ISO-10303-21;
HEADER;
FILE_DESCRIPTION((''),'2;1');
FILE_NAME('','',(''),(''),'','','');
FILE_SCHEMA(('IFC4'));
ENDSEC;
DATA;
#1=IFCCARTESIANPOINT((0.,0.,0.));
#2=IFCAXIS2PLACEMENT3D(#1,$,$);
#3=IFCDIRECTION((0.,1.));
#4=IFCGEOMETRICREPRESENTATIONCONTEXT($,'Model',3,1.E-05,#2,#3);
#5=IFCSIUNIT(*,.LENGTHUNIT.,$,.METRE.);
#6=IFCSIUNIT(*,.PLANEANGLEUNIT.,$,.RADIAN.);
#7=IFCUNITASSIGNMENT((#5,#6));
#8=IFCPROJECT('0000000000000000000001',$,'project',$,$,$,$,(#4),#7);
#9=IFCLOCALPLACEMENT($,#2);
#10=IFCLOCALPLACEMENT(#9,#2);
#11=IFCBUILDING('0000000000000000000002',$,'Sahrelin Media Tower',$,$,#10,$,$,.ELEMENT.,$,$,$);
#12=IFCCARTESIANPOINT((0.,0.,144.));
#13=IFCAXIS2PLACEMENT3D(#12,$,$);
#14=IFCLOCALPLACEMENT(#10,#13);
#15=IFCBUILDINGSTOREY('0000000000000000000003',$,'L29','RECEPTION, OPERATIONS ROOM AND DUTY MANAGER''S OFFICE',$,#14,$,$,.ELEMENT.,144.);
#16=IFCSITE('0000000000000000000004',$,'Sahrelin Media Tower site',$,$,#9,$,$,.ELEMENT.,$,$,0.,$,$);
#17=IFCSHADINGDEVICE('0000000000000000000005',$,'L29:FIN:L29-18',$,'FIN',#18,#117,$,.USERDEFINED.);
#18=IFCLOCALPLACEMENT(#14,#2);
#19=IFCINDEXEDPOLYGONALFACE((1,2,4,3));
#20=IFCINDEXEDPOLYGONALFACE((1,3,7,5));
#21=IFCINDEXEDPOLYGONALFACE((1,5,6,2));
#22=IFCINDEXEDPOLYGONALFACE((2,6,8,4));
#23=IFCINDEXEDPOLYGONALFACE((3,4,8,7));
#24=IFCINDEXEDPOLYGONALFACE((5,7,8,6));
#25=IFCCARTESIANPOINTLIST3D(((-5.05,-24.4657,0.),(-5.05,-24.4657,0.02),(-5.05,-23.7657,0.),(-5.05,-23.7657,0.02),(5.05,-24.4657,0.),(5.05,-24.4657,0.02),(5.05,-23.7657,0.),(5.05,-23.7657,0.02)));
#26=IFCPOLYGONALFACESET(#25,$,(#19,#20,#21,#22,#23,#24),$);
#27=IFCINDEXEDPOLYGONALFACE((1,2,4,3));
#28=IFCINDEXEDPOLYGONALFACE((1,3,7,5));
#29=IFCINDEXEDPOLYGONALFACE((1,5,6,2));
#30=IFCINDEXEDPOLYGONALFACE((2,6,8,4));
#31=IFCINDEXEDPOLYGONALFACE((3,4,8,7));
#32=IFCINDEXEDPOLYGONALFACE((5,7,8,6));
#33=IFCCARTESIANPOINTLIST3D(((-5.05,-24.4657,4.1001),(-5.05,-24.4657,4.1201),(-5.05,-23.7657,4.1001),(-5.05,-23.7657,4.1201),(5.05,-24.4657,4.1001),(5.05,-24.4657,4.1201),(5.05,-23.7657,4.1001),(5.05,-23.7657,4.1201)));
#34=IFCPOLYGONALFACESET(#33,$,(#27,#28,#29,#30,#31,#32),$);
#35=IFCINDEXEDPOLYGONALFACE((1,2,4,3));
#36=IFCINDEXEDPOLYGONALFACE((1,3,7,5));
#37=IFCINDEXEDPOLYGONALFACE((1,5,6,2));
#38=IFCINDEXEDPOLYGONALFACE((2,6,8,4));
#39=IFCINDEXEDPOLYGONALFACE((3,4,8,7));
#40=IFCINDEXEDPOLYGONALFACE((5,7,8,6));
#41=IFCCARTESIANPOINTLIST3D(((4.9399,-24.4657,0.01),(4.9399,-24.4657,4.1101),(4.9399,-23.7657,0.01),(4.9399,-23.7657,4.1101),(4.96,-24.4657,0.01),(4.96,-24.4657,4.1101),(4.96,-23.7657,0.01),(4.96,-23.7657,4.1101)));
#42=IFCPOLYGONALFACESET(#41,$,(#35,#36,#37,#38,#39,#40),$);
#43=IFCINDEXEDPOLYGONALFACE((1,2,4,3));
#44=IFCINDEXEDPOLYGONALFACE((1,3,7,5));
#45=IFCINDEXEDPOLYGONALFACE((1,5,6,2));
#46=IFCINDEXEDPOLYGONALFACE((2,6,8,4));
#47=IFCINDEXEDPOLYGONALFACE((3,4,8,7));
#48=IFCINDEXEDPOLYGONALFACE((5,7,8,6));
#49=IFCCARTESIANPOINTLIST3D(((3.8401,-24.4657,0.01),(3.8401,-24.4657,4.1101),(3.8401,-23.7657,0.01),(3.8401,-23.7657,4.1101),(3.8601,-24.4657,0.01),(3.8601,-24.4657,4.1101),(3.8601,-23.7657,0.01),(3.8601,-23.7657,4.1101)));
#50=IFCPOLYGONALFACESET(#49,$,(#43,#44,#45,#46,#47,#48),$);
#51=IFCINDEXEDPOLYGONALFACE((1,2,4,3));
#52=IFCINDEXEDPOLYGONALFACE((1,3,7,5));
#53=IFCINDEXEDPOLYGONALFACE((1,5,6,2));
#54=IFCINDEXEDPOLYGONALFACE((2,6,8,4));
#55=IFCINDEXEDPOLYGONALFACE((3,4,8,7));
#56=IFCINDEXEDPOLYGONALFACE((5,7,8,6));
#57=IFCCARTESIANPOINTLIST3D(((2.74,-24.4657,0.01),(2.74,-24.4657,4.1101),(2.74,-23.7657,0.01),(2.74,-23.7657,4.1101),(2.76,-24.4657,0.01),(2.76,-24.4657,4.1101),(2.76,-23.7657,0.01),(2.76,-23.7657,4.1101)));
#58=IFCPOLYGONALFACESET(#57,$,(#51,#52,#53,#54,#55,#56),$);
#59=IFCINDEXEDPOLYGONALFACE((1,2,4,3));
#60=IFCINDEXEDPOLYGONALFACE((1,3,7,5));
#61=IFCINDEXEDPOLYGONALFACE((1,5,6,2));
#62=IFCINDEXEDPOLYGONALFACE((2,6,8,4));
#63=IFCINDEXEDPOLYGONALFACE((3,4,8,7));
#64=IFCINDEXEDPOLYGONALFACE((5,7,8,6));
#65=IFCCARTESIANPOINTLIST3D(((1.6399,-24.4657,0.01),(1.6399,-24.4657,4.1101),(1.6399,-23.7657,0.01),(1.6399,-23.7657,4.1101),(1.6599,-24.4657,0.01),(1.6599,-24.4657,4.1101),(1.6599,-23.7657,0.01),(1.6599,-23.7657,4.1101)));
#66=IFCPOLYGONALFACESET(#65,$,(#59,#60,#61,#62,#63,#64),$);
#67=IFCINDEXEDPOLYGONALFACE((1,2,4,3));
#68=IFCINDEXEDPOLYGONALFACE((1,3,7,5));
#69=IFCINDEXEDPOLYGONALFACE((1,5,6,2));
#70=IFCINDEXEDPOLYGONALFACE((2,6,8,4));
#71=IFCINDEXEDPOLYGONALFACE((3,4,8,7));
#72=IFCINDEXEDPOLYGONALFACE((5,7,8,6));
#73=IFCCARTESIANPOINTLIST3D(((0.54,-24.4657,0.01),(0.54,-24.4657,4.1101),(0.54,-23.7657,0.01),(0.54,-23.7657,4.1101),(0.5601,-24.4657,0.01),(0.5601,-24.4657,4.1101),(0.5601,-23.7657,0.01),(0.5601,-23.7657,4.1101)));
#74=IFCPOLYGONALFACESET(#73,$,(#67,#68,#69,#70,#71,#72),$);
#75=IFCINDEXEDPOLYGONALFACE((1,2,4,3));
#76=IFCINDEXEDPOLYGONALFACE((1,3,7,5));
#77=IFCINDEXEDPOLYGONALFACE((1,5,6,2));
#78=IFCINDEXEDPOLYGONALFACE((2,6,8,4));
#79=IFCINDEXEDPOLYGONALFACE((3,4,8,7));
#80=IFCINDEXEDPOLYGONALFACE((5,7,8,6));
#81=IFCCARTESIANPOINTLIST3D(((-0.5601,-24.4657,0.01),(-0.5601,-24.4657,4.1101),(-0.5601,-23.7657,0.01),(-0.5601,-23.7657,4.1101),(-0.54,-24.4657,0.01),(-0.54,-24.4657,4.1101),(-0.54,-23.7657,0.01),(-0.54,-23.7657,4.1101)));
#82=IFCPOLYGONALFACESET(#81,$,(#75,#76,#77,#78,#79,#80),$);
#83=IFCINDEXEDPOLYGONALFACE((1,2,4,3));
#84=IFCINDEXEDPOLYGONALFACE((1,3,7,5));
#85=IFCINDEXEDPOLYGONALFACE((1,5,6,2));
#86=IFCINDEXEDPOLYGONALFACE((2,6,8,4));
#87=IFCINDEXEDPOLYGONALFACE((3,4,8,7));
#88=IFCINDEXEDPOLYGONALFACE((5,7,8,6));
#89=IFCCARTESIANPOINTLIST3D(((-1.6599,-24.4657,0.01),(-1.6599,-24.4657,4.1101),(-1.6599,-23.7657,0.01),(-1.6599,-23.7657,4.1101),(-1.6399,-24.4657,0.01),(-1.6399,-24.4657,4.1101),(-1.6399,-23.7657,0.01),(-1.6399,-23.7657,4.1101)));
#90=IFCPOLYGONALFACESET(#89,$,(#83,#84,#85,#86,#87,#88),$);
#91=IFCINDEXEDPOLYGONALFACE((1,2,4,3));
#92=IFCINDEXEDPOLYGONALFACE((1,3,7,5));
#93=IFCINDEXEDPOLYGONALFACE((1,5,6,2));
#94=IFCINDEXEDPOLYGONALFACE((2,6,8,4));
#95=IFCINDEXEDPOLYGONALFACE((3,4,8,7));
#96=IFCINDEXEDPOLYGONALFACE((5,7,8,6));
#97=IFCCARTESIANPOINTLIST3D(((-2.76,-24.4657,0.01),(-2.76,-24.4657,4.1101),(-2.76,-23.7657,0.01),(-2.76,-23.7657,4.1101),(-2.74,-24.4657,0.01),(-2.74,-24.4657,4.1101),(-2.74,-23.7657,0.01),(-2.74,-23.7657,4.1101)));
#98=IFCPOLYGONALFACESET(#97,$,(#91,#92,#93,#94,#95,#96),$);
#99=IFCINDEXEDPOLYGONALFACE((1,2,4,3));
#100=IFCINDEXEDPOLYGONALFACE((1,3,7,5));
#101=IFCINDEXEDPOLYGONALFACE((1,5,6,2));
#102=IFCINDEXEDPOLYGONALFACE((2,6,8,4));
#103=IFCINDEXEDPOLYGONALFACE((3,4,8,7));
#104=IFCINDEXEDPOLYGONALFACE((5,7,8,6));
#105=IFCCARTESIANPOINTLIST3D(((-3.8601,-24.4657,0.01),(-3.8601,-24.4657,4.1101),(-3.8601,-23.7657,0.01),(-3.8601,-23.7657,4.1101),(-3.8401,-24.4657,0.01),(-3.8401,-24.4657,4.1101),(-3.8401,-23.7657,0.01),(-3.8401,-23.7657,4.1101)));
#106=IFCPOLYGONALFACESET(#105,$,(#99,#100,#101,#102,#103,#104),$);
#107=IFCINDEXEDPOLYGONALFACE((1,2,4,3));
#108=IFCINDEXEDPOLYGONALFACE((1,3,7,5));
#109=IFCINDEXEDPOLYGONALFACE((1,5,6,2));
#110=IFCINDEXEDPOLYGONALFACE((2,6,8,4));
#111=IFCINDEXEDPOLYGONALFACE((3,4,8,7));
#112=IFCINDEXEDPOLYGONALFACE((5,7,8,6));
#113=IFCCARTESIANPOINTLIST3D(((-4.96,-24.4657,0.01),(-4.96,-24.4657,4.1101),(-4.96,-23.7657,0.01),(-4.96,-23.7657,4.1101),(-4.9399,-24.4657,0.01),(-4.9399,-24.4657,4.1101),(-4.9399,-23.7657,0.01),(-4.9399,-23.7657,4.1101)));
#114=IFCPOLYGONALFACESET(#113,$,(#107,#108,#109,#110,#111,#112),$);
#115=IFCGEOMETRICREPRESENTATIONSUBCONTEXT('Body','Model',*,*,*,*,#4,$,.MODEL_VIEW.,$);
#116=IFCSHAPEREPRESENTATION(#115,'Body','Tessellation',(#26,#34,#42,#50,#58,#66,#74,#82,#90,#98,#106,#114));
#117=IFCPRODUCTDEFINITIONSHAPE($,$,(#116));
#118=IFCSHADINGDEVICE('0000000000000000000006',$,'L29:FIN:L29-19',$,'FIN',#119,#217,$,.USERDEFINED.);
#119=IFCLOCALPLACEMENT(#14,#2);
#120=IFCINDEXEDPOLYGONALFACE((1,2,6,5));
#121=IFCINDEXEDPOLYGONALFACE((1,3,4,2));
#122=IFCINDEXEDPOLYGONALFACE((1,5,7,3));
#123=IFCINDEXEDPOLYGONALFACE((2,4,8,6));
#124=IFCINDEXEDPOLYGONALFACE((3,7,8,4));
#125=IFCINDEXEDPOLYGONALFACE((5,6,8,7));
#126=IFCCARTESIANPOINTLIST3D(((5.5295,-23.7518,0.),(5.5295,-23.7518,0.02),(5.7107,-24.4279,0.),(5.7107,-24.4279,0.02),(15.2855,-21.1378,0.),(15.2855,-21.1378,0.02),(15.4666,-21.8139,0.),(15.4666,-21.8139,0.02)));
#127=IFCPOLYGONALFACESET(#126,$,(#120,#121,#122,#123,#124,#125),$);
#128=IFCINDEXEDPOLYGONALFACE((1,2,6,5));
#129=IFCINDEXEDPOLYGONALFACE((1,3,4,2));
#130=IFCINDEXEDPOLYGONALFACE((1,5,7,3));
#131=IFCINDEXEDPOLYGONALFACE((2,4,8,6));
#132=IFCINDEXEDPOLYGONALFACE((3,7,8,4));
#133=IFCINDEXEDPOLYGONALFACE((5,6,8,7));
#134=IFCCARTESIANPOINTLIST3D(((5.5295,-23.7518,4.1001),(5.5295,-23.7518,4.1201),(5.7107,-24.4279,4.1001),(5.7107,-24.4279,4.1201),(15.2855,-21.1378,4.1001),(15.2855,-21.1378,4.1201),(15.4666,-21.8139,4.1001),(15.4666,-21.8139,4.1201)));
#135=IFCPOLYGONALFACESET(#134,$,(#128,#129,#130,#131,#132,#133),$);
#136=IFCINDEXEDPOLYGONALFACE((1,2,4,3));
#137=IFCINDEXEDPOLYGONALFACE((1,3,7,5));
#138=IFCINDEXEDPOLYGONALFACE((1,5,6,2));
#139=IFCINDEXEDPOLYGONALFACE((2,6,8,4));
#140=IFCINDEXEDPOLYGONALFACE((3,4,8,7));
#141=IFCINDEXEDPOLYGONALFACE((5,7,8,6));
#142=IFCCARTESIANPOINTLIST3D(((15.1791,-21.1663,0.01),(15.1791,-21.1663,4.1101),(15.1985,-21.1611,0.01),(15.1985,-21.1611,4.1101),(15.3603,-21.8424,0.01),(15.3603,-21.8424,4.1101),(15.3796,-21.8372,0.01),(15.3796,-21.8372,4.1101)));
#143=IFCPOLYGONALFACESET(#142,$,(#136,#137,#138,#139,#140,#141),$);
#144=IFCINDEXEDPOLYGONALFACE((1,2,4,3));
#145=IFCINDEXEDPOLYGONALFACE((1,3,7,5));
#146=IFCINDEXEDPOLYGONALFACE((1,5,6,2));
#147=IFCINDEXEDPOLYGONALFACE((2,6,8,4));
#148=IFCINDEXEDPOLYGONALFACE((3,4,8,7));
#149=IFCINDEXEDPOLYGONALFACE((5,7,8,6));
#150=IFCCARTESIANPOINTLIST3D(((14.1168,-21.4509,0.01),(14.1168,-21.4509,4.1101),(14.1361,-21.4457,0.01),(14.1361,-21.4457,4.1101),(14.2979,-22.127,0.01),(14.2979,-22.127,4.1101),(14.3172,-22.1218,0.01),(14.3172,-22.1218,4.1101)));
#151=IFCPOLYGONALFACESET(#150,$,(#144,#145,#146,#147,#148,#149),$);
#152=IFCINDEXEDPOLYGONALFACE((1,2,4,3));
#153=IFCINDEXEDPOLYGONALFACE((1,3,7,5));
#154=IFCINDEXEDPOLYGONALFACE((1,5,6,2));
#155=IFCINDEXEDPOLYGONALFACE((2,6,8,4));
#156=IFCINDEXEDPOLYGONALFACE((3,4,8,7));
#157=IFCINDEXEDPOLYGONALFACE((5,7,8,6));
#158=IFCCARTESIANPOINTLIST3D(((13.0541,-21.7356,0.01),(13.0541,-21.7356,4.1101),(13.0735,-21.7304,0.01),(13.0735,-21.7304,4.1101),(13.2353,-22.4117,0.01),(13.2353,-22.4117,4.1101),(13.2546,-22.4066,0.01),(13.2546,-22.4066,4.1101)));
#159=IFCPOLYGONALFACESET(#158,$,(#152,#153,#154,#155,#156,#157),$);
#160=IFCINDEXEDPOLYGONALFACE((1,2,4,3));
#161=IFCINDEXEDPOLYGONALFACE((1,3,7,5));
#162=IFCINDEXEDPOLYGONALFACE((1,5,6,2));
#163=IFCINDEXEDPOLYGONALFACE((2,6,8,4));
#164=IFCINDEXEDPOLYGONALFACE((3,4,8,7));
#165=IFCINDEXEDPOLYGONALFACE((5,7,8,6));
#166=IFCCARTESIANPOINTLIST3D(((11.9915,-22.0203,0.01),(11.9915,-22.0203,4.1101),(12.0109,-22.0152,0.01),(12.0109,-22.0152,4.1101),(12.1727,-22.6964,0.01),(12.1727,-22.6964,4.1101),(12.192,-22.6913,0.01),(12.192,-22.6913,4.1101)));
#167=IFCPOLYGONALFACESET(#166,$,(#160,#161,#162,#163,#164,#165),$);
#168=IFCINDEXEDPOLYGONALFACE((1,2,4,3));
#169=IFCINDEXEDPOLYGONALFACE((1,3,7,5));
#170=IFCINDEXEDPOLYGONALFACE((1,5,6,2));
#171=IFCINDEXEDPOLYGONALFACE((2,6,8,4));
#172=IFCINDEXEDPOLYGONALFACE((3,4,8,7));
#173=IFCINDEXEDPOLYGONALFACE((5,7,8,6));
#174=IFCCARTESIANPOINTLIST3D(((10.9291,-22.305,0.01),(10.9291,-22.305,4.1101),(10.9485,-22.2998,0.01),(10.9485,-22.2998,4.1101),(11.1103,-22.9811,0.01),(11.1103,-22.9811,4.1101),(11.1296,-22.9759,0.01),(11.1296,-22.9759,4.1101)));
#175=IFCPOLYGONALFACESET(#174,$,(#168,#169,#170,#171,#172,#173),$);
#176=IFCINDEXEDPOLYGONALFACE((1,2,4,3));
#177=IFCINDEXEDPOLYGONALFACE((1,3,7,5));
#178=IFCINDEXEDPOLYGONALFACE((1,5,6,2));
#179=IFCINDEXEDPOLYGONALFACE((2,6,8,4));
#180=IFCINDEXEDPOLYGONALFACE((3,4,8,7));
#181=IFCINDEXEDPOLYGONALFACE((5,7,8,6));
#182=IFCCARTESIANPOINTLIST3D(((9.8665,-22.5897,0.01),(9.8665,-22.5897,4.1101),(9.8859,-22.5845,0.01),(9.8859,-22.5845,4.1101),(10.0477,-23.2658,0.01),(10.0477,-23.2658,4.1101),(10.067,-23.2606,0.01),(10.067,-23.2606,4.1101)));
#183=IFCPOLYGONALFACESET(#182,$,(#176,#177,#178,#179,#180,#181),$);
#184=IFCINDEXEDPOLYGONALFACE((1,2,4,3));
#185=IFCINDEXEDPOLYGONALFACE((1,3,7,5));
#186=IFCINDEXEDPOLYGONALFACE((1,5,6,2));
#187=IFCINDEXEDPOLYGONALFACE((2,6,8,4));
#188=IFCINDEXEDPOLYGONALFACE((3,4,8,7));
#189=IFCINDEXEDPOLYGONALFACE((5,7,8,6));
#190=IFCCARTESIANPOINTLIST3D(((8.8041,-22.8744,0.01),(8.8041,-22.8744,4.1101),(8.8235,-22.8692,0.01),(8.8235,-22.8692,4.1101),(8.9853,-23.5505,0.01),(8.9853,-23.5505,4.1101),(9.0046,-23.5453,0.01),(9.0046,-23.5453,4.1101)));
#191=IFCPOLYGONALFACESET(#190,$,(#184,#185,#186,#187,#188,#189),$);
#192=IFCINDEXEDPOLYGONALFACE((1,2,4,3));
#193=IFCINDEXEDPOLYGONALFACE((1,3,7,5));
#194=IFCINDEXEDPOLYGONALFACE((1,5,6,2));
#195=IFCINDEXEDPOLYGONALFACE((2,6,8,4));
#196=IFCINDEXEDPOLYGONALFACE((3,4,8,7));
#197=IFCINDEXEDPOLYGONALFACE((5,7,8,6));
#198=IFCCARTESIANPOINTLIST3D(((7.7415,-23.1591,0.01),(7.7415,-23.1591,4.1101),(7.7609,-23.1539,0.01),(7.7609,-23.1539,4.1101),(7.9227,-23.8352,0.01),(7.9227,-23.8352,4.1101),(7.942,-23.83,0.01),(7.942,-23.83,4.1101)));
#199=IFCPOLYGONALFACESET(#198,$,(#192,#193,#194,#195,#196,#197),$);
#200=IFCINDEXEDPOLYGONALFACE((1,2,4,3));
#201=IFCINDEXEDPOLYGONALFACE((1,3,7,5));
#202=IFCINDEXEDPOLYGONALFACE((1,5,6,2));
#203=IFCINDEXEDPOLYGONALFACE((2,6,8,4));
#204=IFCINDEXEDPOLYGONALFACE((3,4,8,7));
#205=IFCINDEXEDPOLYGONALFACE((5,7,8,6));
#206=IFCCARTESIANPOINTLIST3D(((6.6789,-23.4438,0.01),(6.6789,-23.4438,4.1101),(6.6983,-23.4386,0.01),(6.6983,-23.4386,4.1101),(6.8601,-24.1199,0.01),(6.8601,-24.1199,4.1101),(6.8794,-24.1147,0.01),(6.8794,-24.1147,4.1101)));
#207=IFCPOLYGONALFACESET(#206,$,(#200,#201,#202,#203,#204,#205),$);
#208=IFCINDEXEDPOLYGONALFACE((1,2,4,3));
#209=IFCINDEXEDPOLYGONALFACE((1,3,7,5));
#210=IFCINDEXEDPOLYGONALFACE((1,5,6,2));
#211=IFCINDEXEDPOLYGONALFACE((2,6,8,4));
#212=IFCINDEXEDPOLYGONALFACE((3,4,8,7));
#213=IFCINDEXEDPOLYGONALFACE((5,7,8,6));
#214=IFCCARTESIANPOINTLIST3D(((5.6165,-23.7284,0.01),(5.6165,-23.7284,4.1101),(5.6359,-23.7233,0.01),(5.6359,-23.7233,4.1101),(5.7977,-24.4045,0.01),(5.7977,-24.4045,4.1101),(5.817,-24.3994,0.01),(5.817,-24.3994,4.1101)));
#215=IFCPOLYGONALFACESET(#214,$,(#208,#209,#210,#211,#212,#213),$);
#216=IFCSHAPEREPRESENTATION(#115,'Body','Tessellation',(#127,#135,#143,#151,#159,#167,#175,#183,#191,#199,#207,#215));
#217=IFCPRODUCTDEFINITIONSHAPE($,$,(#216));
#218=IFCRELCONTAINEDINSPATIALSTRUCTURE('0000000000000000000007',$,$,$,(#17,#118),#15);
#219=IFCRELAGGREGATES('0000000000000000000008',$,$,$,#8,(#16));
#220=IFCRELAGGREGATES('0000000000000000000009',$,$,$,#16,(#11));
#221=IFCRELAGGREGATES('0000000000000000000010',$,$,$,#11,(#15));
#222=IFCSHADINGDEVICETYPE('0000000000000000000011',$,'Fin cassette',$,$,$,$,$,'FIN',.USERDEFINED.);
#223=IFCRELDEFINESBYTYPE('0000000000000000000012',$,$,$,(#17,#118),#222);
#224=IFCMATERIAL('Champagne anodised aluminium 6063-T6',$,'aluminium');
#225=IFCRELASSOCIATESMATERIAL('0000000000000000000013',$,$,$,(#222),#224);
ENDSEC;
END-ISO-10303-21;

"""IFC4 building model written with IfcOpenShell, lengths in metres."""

from ifc_helpers import new_model, si_unit, direction, frame, origin, origin_2d, place, context, subcontext, project, spatial, rectangle, extrude, material, type_object, element, save


model = new_model("IFC4")

# Units and contexts
model_context = context("Model", 3, precision=1e-05, world=origin(), true_north=direction((0.0, 1.0)))
body_context = subcontext(model_context, "Body", "Model", "MODEL_VIEW")
ifc_project = project(units=[si_unit("LENGTHUNIT", "METRE"), si_unit("PLANEANGLEUNIT", "RADIAN")], contexts=[model_context])

# Site, building, storey
site_placement = place(None, origin())
site = spatial("IfcSite", under=ifc_project, at=site_placement, Name="Sahrelin Media Tower site", CompositionType="ELEMENT", RefElevation=0.0)
building_placement = place(site_placement, origin())
building = spatial("IfcBuilding", under=site, at=building_placement, Name="Sahrelin Media Tower", CompositionType="ELEMENT")
storey_placement = place(building_placement, frame((0.0, 0.0, 144.0)))
storey = spatial("IfcBuildingStorey", under=building, at=storey_placement, Name="L29", Description="RECEPTION, OPERATIONS ROOM AND DUTY MANAGER'S OFFICE", CompositionType="ELEMENT", Elevation=144.0)

# Shared definitions
ifc_material_1 = material(Name="Champagne anodised aluminium 6063-T6", Category="aluminium")

# Shading devices
shading_device_type_1 = type_object("IfcShadingDeviceType", Name="Fin cassette", ElementType="FIN", PredefinedType="USERDEFINED", material=ifc_material_1)
placement_1 = place(storey_placement, frame((0.0, -23.6958, 0.0), z_axis=(0.0, 0.0, 1.0), x_axis=(-1.0, 0.0, 0.0)))
element("IfcShadingDevice", 1, at=placement_1, inside=storey, type_object=shading_device_type_1, Name="L29:FIN:L29-18", ObjectType="FIN", PredefinedType="USERDEFINED", context=body_context, shape_type="SweptSolid", body=[
    extrude(rectangle(XDim=10.1001, YDim=0.7, at=origin_2d()), frame((0.0, 0.4199, 0.0)), (0.0, 0.0, 1.0), 0.02),
    extrude(rectangle(XDim=10.1001, YDim=0.7, at=origin_2d()), frame((0.0, 0.4199, 4.1001)), (0.0, 0.0, 1.0), 0.02),
    extrude(rectangle(XDim=0.02, YDim=0.7, at=origin_2d()), frame((-4.95, 0.4199, 0.01), z_axis=(0.0, 0.0, 1.0), x_axis=(1.0, 0.0, 0.0)), (0.0, 0.0, 1.0), 4.1001),
    extrude(rectangle(XDim=0.02, YDim=0.7, at=origin_2d()), frame((-3.8501, 0.4199, 0.01), z_axis=(0.0, 0.0, 1.0), x_axis=(1.0, 0.0, 0.0)), (0.0, 0.0, 1.0), 4.1001),
    extrude(rectangle(XDim=0.02, YDim=0.7, at=origin_2d()), frame((-2.75, 0.4199, 0.01), z_axis=(0.0, 0.0, 1.0), x_axis=(1.0, 0.0, 0.0)), (0.0, 0.0, 1.0), 4.1001),
    extrude(rectangle(XDim=0.02, YDim=0.7, at=origin_2d()), frame((-1.6499, 0.4199, 0.01), z_axis=(0.0, 0.0, 1.0), x_axis=(1.0, 0.0, 0.0)), (0.0, 0.0, 1.0), 4.1001),
    extrude(rectangle(XDim=0.02, YDim=0.7, at=origin_2d()), frame((-0.55, 0.4199, 0.01), z_axis=(0.0, 0.0, 1.0), x_axis=(1.0, 0.0, 0.0)), (0.0, 0.0, 1.0), 4.1001),
    extrude(rectangle(XDim=0.02, YDim=0.7, at=origin_2d()), frame((0.55, 0.4199, 0.01), z_axis=(0.0, 0.0, 1.0), x_axis=(1.0, 0.0, 0.0)), (0.0, 0.0, 1.0), 4.1001),
    extrude(rectangle(XDim=0.02, YDim=0.7, at=origin_2d()), frame((1.6499, 0.4199, 0.01), z_axis=(0.0, 0.0, 1.0), x_axis=(1.0, 0.0, 0.0)), (0.0, 0.0, 1.0), 4.1001),
    extrude(rectangle(XDim=0.02, YDim=0.7, at=origin_2d()), frame((2.75, 0.4199, 0.01), z_axis=(0.0, 0.0, 1.0), x_axis=(1.0, 0.0, 0.0)), (0.0, 0.0, 1.0), 4.1001),
    extrude(rectangle(XDim=0.02, YDim=0.7, at=origin_2d()), frame((3.8501, 0.4199, 0.01), z_axis=(0.0, 0.0, 1.0), x_axis=(1.0, 0.0, 0.0)), (0.0, 0.0, 1.0), 4.1001),
    extrude(rectangle(XDim=0.02, YDim=0.7, at=origin_2d()), frame((4.95, 0.4199, 0.01), z_axis=(0.0, 0.0, 1.0), x_axis=(1.0, 0.0, 0.0)), (0.0, 0.0, 1.0), 4.1001),
])
placement_2 = place(storey_placement, frame((10.3894, -22.3772, 0.0), z_axis=(0.0, 0.0, 1.0), x_axis=(-0.965929, -0.258808, 0.0)))
element("IfcShadingDevice", 2, at=placement_2, inside=storey, type_object=shading_device_type_1, Name="L29:FIN:L29-19", ObjectType="FIN", PredefinedType="USERDEFINED", context=body_context, shape_type="SweptSolid", body=[
    extrude(rectangle(XDim=10.1001, YDim=0.7, at=origin_2d()), frame((0.0, 0.4199, 0.0)), (0.0, 0.0, 1.0), 0.02),
    extrude(rectangle(XDim=10.1001, YDim=0.7, at=origin_2d()), frame((0.0, 0.4199, 4.1001)), (0.0, 0.0, 1.0), 0.02),
    extrude(rectangle(XDim=0.02, YDim=0.7, at=origin_2d()), frame((-4.95, 0.4199, 0.01), z_axis=(0.0, 0.0, 1.0), x_axis=(1.0, 0.0, 0.0)), (0.0, 0.0, 1.0), 4.1001),
    extrude(rectangle(XDim=0.02, YDim=0.7, at=origin_2d()), frame((-3.8501, 0.4199, 0.01), z_axis=(0.0, 0.0, 1.0), x_axis=(1.0, 0.0, 0.0)), (0.0, 0.0, 1.0), 4.1001),
    extrude(rectangle(XDim=0.02, YDim=0.7, at=origin_2d()), frame((-2.75, 0.4199, 0.01), z_axis=(0.0, 0.0, 1.0), x_axis=(1.0, 0.0, 0.0)), (0.0, 0.0, 1.0), 4.1001),
    extrude(rectangle(XDim=0.02, YDim=0.7, at=origin_2d()), frame((-1.6499, 0.4199, 0.01), z_axis=(0.0, 0.0, 1.0), x_axis=(1.0, 0.0, 0.0)), (0.0, 0.0, 1.0), 4.1001),
    extrude(rectangle(XDim=0.02, YDim=0.7, at=origin_2d()), frame((-0.55, 0.4199, 0.01), z_axis=(0.0, 0.0, 1.0), x_axis=(1.0, 0.0, 0.0)), (0.0, 0.0, 1.0), 4.1001),
    extrude(rectangle(XDim=0.02, YDim=0.7, at=origin_2d()), frame((0.55, 0.4199, 0.01), z_axis=(0.0, 0.0, 1.0), x_axis=(1.0, 0.0, 0.0)), (0.0, 0.0, 1.0), 4.1001),
    extrude(rectangle(XDim=0.02, YDim=0.7, at=origin_2d()), frame((1.6499, 0.4199, 0.01), z_axis=(0.0, 0.0, 1.0), x_axis=(1.0, 0.0, 0.0)), (0.0, 0.0, 1.0), 4.1001),
    extrude(rectangle(XDim=0.02, YDim=0.7, at=origin_2d()), frame((2.75, 0.4199, 0.01), z_axis=(0.0, 0.0, 1.0), x_axis=(1.0, 0.0, 0.0)), (0.0, 0.0, 1.0), 4.1001),
    extrude(rectangle(XDim=0.02, YDim=0.7, at=origin_2d()), frame((3.8501, 0.4199, 0.01), z_axis=(0.0, 0.0, 1.0), x_axis=(1.0, 0.0, 0.0)), (0.0, 0.0, 1.0), 4.1001),
    extrude(rectangle(XDim=0.02, YDim=0.7, at=origin_2d()), frame((4.95, 0.4199, 0.01), z_axis=(0.0, 0.0, 1.0), x_axis=(1.0, 0.0, 0.0)), (0.0, 0.0, 1.0), 4.1001),
])

save(model, "model.ifc")
